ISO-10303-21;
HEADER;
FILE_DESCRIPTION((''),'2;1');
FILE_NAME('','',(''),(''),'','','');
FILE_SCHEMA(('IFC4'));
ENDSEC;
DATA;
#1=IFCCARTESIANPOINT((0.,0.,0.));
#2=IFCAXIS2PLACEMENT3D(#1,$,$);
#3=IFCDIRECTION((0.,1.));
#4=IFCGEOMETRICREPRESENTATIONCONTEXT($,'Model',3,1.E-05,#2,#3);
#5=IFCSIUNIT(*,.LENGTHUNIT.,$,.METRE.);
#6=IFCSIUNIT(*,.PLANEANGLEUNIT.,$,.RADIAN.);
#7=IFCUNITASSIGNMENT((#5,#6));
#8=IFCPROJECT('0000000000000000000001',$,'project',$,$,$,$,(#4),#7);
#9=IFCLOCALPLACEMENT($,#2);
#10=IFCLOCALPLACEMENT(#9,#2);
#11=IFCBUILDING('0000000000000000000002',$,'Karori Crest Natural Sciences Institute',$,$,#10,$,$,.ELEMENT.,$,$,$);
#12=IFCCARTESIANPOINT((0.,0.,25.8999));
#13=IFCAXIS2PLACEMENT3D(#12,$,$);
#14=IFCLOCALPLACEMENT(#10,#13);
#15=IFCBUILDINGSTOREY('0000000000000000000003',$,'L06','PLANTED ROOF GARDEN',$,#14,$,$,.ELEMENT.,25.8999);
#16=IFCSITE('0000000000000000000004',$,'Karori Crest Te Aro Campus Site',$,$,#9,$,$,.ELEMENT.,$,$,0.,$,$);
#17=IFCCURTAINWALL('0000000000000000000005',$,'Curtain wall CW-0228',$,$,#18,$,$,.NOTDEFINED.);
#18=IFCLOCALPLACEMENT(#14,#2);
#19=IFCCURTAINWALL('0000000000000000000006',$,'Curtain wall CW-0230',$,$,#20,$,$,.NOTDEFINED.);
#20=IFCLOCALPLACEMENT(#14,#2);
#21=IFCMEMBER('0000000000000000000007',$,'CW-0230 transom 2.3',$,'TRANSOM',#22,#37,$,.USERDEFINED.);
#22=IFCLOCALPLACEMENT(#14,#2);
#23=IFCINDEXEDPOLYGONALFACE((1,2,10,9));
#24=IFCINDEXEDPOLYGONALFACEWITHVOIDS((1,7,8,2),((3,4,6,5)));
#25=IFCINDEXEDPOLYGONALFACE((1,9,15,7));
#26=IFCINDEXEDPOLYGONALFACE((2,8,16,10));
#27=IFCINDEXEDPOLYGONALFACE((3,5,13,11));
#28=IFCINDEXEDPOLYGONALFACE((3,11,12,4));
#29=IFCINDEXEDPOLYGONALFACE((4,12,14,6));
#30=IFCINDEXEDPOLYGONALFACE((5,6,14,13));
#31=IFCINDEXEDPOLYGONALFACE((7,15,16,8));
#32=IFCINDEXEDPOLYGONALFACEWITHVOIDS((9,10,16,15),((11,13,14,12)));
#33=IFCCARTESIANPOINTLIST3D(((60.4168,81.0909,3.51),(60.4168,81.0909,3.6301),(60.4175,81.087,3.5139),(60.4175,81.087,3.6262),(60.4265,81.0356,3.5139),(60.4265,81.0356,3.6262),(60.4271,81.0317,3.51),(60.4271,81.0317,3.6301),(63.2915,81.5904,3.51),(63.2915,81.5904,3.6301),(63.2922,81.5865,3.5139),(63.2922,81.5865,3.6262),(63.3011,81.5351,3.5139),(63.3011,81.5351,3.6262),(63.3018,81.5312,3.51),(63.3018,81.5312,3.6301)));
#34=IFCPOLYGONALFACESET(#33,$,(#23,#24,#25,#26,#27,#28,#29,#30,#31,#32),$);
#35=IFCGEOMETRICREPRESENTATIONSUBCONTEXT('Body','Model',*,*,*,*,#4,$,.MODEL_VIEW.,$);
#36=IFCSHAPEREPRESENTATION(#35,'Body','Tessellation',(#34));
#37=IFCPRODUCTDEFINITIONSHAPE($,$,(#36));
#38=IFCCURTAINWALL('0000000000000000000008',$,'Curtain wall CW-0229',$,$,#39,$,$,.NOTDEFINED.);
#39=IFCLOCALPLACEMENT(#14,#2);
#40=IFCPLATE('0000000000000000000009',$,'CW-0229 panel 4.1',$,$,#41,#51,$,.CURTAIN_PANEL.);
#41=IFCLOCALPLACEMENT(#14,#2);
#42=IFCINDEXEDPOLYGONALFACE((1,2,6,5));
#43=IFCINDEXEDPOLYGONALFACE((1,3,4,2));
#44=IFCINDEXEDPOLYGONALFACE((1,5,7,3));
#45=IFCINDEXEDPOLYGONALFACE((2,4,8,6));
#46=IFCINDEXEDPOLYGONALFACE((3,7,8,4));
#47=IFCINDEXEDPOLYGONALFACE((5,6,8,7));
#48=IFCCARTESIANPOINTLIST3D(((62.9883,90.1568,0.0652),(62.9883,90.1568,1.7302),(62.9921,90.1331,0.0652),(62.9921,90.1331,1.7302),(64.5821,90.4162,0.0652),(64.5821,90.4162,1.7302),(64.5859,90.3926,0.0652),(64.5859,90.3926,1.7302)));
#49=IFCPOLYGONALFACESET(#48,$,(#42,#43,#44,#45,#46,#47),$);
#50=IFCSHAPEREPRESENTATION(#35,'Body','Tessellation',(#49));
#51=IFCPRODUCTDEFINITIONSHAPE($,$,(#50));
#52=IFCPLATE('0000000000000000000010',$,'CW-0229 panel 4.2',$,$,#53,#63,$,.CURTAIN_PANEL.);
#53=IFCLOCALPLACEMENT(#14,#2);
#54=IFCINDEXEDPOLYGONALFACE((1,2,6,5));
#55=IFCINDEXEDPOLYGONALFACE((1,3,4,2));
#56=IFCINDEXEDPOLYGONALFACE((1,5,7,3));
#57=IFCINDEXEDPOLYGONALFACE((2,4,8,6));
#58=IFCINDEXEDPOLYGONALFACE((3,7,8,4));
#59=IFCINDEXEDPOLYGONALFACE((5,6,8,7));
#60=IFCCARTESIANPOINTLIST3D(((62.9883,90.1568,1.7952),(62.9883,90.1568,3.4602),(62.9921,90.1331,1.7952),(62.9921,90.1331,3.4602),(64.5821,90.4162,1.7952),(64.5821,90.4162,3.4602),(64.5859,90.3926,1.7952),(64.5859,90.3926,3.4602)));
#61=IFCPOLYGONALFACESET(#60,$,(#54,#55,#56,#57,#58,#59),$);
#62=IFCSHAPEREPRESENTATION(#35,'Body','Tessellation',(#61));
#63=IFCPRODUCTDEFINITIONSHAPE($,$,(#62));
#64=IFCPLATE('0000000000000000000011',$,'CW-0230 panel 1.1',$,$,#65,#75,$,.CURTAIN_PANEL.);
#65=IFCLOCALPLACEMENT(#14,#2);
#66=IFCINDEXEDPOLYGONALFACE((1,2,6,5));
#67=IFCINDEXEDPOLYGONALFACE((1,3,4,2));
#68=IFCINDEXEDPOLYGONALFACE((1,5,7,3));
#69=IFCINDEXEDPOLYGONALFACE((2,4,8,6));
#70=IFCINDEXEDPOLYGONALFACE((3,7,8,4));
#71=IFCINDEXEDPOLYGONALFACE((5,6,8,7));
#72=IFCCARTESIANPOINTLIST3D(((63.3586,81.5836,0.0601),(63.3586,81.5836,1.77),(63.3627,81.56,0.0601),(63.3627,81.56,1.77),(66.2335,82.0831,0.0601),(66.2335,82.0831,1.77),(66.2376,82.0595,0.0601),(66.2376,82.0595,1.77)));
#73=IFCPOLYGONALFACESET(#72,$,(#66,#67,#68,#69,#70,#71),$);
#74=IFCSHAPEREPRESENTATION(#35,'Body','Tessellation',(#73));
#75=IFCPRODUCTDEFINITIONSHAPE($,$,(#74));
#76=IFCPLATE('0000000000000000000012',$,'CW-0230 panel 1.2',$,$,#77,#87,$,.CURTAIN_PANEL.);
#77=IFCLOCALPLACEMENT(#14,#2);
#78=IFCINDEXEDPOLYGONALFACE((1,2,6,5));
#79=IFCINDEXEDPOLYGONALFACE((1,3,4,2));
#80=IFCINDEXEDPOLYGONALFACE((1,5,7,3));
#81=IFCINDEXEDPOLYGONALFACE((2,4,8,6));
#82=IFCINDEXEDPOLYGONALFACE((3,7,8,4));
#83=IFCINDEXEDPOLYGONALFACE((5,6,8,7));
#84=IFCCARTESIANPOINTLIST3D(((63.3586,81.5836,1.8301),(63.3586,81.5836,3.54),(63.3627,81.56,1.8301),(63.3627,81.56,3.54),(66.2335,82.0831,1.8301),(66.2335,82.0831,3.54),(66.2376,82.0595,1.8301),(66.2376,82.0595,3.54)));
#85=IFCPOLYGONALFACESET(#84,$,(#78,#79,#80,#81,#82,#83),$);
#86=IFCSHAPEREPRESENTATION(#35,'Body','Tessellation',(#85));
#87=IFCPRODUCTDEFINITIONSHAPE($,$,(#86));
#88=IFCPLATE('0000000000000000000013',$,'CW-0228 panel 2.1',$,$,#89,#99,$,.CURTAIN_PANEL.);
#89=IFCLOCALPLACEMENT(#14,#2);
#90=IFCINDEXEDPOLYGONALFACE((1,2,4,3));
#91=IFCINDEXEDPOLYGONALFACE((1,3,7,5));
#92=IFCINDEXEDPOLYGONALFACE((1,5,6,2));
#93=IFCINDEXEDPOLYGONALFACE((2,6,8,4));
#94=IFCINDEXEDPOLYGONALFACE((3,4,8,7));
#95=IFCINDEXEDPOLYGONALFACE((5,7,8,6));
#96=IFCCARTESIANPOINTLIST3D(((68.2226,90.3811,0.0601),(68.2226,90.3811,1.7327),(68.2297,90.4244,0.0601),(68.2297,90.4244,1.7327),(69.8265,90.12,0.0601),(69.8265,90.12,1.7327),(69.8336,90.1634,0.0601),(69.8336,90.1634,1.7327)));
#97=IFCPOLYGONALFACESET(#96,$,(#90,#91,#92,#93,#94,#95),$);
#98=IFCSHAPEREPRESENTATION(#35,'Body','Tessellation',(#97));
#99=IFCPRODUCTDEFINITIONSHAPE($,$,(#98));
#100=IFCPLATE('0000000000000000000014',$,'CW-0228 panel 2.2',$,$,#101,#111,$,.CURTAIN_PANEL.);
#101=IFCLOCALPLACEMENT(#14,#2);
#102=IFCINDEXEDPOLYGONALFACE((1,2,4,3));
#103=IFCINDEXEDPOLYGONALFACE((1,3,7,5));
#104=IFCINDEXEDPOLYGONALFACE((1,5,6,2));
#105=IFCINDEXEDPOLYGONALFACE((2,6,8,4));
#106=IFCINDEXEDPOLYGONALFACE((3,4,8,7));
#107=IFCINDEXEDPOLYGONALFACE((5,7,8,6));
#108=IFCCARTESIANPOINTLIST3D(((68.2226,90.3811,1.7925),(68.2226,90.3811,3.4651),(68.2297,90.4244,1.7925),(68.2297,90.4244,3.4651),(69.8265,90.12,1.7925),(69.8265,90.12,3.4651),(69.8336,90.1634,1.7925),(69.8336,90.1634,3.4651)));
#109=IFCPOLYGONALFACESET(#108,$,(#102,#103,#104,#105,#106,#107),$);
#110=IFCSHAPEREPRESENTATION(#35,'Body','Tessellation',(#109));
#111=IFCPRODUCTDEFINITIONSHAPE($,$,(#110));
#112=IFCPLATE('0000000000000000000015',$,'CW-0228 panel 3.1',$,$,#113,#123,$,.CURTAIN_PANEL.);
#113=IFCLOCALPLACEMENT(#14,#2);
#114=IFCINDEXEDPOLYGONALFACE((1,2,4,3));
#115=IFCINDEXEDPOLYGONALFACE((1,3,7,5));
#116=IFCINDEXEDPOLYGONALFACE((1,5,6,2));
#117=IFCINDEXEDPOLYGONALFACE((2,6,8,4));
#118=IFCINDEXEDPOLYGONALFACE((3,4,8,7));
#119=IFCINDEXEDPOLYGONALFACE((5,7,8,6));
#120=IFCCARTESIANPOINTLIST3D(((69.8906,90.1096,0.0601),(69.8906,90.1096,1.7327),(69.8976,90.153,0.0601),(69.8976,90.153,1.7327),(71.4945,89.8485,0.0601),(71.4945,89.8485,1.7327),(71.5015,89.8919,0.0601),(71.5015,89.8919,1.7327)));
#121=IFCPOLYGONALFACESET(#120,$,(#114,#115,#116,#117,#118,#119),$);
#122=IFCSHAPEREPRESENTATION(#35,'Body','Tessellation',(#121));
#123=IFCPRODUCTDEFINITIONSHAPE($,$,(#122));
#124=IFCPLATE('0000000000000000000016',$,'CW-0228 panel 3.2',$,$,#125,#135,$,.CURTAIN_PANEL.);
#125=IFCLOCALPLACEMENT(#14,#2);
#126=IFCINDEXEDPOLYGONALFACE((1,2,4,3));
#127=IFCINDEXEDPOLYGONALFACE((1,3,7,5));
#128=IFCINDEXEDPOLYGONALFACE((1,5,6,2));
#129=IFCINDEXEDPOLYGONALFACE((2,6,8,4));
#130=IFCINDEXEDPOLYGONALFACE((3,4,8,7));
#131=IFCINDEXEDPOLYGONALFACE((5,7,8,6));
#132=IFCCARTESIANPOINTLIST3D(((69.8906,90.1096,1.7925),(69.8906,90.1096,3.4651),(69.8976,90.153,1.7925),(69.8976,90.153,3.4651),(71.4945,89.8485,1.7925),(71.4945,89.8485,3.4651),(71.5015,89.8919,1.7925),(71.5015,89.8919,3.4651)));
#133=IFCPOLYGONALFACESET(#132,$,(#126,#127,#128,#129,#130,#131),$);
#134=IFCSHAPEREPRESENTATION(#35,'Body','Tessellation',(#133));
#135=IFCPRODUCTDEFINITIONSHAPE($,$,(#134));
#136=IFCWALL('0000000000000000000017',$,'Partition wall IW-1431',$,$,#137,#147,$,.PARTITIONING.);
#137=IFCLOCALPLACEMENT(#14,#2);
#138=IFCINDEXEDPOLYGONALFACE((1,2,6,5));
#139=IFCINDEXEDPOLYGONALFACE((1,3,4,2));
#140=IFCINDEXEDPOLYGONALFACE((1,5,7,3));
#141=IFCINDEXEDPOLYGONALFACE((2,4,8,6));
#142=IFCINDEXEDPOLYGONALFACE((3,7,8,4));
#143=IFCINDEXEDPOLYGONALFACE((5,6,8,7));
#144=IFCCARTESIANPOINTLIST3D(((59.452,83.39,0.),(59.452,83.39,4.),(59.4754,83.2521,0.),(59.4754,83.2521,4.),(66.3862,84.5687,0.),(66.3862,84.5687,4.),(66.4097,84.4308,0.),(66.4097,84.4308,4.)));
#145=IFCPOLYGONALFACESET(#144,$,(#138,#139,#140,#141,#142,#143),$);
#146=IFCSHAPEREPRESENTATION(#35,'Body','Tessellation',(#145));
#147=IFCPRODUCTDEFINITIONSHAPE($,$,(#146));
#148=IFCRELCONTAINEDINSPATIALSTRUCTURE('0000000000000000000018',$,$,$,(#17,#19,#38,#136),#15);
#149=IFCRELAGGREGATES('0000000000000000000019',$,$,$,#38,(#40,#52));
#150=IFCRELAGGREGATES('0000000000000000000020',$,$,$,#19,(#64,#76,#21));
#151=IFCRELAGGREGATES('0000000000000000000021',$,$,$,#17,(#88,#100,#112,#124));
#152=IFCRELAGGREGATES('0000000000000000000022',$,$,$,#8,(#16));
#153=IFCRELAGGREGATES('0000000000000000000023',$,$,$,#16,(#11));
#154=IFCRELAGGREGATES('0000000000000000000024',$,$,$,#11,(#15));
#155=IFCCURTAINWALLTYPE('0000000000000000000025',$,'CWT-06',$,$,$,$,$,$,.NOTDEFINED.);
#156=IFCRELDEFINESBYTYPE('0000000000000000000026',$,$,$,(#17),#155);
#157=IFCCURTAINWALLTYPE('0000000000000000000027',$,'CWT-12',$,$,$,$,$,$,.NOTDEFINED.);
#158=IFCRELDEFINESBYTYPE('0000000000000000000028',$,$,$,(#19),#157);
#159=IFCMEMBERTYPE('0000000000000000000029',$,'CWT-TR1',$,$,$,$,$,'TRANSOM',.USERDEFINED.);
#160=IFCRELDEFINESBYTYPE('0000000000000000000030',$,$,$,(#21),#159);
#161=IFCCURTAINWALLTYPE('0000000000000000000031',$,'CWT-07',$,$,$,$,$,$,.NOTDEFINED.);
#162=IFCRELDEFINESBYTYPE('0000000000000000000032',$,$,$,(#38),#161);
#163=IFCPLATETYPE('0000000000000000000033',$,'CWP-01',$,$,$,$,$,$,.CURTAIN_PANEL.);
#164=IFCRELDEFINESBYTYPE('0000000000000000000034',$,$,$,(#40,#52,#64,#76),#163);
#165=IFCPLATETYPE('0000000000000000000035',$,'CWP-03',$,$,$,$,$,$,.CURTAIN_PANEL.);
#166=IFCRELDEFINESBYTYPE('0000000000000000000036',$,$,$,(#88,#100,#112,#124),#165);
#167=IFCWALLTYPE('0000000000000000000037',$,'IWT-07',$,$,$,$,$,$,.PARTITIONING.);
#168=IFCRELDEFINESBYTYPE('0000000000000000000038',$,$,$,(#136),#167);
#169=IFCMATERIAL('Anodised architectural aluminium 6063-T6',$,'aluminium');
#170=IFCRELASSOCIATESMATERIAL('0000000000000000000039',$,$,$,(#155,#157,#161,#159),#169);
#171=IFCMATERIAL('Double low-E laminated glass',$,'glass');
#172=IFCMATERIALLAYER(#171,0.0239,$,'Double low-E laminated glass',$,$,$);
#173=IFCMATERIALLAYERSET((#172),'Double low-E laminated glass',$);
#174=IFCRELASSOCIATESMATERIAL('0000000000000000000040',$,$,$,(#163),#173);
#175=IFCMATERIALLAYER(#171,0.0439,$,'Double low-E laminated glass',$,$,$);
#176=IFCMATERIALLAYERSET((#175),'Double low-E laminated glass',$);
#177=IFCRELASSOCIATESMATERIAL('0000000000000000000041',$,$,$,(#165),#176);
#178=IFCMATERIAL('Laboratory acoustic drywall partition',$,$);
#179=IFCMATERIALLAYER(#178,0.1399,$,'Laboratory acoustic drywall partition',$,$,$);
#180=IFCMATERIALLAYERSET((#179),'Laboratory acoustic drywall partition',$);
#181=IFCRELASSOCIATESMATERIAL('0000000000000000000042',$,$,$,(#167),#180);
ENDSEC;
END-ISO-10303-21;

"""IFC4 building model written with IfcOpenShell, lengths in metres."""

from ifc_helpers import new_model, si_unit, direction, frame, frame_2d, origin, origin_2d, place, context, subcontext, project, spatial, rectangle, hollow_rectangle, extrude, material, layer, layer_set, material_profile, profile_set, type_object, element, aggregate, save


model = new_model("IFC4")

# Units and contexts
model_context = context("Model", 3, precision=1e-05, world=origin(), true_north=direction((0.0, 1.0)))
body_context = subcontext(model_context, "Body", "Model", "MODEL_VIEW")
ifc_project = project(units=[si_unit("LENGTHUNIT", "METRE"), si_unit("PLANEANGLEUNIT", "RADIAN")], contexts=[model_context])

# Site, building, storey
site_placement = place(None, origin())
site = spatial("IfcSite", under=ifc_project, at=site_placement, Name="Karori Crest Te Aro Campus Site", CompositionType="ELEMENT", RefElevation=0.0)
building_placement = place(site_placement, origin())
building = spatial("IfcBuilding", under=site, at=building_placement, Name="Karori Crest Natural Sciences Institute", CompositionType="ELEMENT")
storey_placement = place(building_placement, frame((0.0, 0.0, 25.8999)))
storey = spatial("IfcBuildingStorey", under=building, at=storey_placement, Name="L06", Description="PLANTED ROOF GARDEN", CompositionType="ELEMENT", Elevation=25.8999)

# Curtain walls
ifc_material_1 = material(Name="Anodised architectural aluminium 6063-T6", Category="aluminium")
curtain_wall_type_1 = type_object("IfcCurtainWallType", Name="CWT-06", PredefinedType="NOTDEFINED", material=ifc_material_1)
curtain_wall_1_placement = place(storey_placement, origin())
curtain_wall_1 = element("IfcCurtainWall", 1, at=curtain_wall_1_placement, inside=storey, type_object=curtain_wall_type_1, Name="Curtain wall CW-0228", PredefinedType="NOTDEFINED")
curtain_wall_type_2 = type_object("IfcCurtainWallType", Name="CWT-12", PredefinedType="NOTDEFINED", material=ifc_material_1)
curtain_wall_2_placement = place(storey_placement, origin())
curtain_wall_2 = element("IfcCurtainWall", 2, at=curtain_wall_2_placement, inside=storey, type_object=curtain_wall_type_2, Name="Curtain wall CW-0230", PredefinedType="NOTDEFINED")

# Member
ifc_material_profile_1 = material_profile(ifc_material_1, hollow_rectangle(XDim=0.0601, YDim=0.1201, WallThickness=0.0039, at=origin_2d()), Name="CWT120x60x4")
ifc_profile_set_1 = profile_set([ifc_material_profile_1], Name="Anodised architectural aluminium 6063-T6")
member_type_1 = type_object("IfcMemberType", Name="CWT-TR1", ElementType="TRANSOM", PredefinedType="USERDEFINED", material=ifc_profile_set_1)
member_1_placement = place(storey_placement, frame((63.2966, 81.5608, 3.5701), z_axis=(-0.985238, -0.171193, 0.0), x_axis=(0.171193, -0.985238, 0.0)))
member_1 = element("IfcMember", 3, at=member_1_placement, type_object=member_type_1, Name="CW-0230 transom 2.3", ObjectType="TRANSOM", PredefinedType="USERDEFINED", context=body_context, shape_type="SweptSolid", body=[
    extrude(hollow_rectangle(XDim=0.0601, YDim=0.1201, WallThickness=0.0039, at=origin_2d()), origin(), (0.0, 0.0, 1.0), 2.9177),
])

# Curtain wall, plates
curtain_wall_type_3 = type_object("IfcCurtainWallType", Name="CWT-07", PredefinedType="NOTDEFINED", material=ifc_material_1)
curtain_wall_3_placement = place(storey_placement, origin())
curtain_wall_3 = element("IfcCurtainWall", 4, at=curtain_wall_3_placement, inside=storey, type_object=curtain_wall_type_3, Name="Curtain wall CW-0229", PredefinedType="NOTDEFINED")
ifc_material_2 = material(Name="Double low-E laminated glass", Category="glass")
ifc_layer_1 = layer(ifc_material_2, 0.0239, Name="Double low-E laminated glass")
ifc_layer_set_1 = layer_set([ifc_layer_1], Name="Double low-E laminated glass")
plate_type_1 = type_object("IfcPlateType", Name="CWP-01", PredefinedType="CURTAIN_PANEL", material=ifc_layer_set_1)
plate_1_placement = place(storey_placement, frame((63.7871, 90.2747, 0.0652), z_axis=(0.0, 0.0, 1.0), x_axis=(0.987011, 0.16065, 0.0)))
plate_1 = element("IfcPlate", 5, at=plate_1_placement, type_object=plate_type_1, Name="CW-0229 panel 4.1", PredefinedType="CURTAIN_PANEL", context=body_context, shape_type="SweptSolid", body=[
    extrude(rectangle(XDim=1.6147, YDim=0.0239, at=origin_2d()), origin(), (0.0, 0.0, 1.0), 1.665),
])
plate_2_placement = place(storey_placement, frame((63.7871, 90.2747, 1.7952), z_axis=(0.0, 0.0, 1.0), x_axis=(0.987011, 0.16065, 0.0)))
plate_2 = element("IfcPlate", 6, at=plate_2_placement, type_object=plate_type_1, Name="CW-0229 panel 4.2", PredefinedType="CURTAIN_PANEL", context=body_context, shape_type="SweptSolid", body=[
    extrude(rectangle(XDim=1.6147, YDim=0.0239, at=origin_2d()), origin(), (0.0, 0.0, 1.0), 1.665),
])
aggregate(curtain_wall_3, [plate_1, plate_2])

# Plates
plate_3_placement = place(storey_placement, frame((64.7981, 81.8215, 0.0601), z_axis=(0.0, 0.0, 1.0), x_axis=(-0.985241, -0.171174, 0.0)))
plate_3 = element("IfcPlate", 7, at=plate_3_placement, type_object=plate_type_1, Name="CW-0230 panel 1.1", PredefinedType="CURTAIN_PANEL", context=body_context, shape_type="SweptSolid", body=[
    extrude(rectangle(XDim=2.918, YDim=0.0239, at=origin_2d()), origin(), (0.0, 0.0, 1.0), 1.71),
])
plate_4_placement = place(storey_placement, frame((64.7981, 81.8215, 1.8301), z_axis=(0.0, 0.0, 1.0), x_axis=(-0.985241, -0.171174, 0.0)))
plate_4 = element("IfcPlate", 8, at=plate_4_placement, type_object=plate_type_1, Name="CW-0230 panel 1.2", PredefinedType="CURTAIN_PANEL", context=body_context, shape_type="SweptSolid", body=[
    extrude(rectangle(XDim=2.918, YDim=0.0239, at=origin_2d()), origin(), (0.0, 0.0, 1.0), 1.71),
])
aggregate(curtain_wall_2, [plate_3, plate_4, member_1])
ifc_layer_2 = layer(ifc_material_2, 0.0439, Name="Double low-E laminated glass")
ifc_layer_set_2 = layer_set([ifc_layer_2], Name="Double low-E laminated glass")
plate_type_2 = type_object("IfcPlateType", Name="CWP-03", PredefinedType="CURTAIN_PANEL", material=ifc_layer_set_2)
plate_5_placement = place(storey_placement, frame((69.0281, 90.2722, 0.0601), z_axis=(0.0, 0.0, 1.0), x_axis=(0.987011, -0.160655, 0.0)))
plate_5 = element("IfcPlate", 9, at=plate_5_placement, type_object=plate_type_2, Name="CW-0228 panel 2.1", PredefinedType="CURTAIN_PANEL", context=body_context, shape_type="SweptSolid", body=[
    extrude(rectangle(XDim=1.625, YDim=0.0439, at=origin_2d()), origin(), (0.0, 0.0, 1.0), 1.6726),
])
plate_6_placement = place(storey_placement, frame((69.0281, 90.2722, 1.7925), z_axis=(0.0, 0.0, 1.0), x_axis=(0.987011, -0.160655, 0.0)))
plate_6 = element("IfcPlate", 10, at=plate_6_placement, type_object=plate_type_2, Name="CW-0228 panel 2.2", PredefinedType="CURTAIN_PANEL", context=body_context, shape_type="SweptSolid", body=[
    extrude(rectangle(XDim=1.625, YDim=0.0439, at=origin_2d()), origin(), (0.0, 0.0, 1.0), 1.6726),
])
plate_7_placement = place(storey_placement, frame((70.696, 90.0007, 0.0601), z_axis=(0.0, 0.0, 1.0), x_axis=(0.987011, -0.160655, 0.0)))
plate_7 = element("IfcPlate", 11, at=plate_7_placement, type_object=plate_type_2, Name="CW-0228 panel 3.1", PredefinedType="CURTAIN_PANEL", context=body_context, shape_type="SweptSolid", body=[
    extrude(rectangle(XDim=1.625, YDim=0.0439, at=origin_2d()), origin(), (0.0, 0.0, 1.0), 1.6726),
])
plate_8_placement = place(storey_placement, frame((70.696, 90.0007, 1.7925), z_axis=(0.0, 0.0, 1.0), x_axis=(0.987011, -0.160655, 0.0)))
plate_8 = element("IfcPlate", 12, at=plate_8_placement, type_object=plate_type_2, Name="CW-0228 panel 3.2", PredefinedType="CURTAIN_PANEL", context=body_context, shape_type="SweptSolid", body=[
    extrude(rectangle(XDim=1.625, YDim=0.0439, at=origin_2d()), origin(), (0.0, 0.0, 1.0), 1.6726),
])
aggregate(curtain_wall_1, [plate_5, plate_6, plate_7, plate_8])

# Wall
ifc_material_3 = material(Name="Laboratory acoustic drywall partition")
ifc_layer_3 = layer(ifc_material_3, 0.1399, Name="Laboratory acoustic drywall partition")
ifc_layer_set_3 = layer_set([ifc_layer_3], Name="Laboratory acoustic drywall partition")
wall_type = type_object("IfcWallType", Name="IWT-07", PredefinedType="PARTITIONING", material=ifc_layer_set_3)
wall_placement = place(storey_placement, frame((66.3979, 84.4998, 0.0), z_axis=(0.0, 0.0, 1.0), x_axis=(-0.985859, -0.167578, 0.0)))
element("IfcWall", 13, at=wall_placement, inside=storey, type_object=wall_type, Name="Partition wall IW-1431", PredefinedType="PARTITIONING", context=body_context, shape_type="SweptSolid", body=[
    extrude(rectangle(XDim=7.0337, YDim=0.1399, at=frame_2d((3.5168, 0.0))), origin(), (0.0, 0.0, 1.0), 4.0),
])

save(model, "model.ifc")
